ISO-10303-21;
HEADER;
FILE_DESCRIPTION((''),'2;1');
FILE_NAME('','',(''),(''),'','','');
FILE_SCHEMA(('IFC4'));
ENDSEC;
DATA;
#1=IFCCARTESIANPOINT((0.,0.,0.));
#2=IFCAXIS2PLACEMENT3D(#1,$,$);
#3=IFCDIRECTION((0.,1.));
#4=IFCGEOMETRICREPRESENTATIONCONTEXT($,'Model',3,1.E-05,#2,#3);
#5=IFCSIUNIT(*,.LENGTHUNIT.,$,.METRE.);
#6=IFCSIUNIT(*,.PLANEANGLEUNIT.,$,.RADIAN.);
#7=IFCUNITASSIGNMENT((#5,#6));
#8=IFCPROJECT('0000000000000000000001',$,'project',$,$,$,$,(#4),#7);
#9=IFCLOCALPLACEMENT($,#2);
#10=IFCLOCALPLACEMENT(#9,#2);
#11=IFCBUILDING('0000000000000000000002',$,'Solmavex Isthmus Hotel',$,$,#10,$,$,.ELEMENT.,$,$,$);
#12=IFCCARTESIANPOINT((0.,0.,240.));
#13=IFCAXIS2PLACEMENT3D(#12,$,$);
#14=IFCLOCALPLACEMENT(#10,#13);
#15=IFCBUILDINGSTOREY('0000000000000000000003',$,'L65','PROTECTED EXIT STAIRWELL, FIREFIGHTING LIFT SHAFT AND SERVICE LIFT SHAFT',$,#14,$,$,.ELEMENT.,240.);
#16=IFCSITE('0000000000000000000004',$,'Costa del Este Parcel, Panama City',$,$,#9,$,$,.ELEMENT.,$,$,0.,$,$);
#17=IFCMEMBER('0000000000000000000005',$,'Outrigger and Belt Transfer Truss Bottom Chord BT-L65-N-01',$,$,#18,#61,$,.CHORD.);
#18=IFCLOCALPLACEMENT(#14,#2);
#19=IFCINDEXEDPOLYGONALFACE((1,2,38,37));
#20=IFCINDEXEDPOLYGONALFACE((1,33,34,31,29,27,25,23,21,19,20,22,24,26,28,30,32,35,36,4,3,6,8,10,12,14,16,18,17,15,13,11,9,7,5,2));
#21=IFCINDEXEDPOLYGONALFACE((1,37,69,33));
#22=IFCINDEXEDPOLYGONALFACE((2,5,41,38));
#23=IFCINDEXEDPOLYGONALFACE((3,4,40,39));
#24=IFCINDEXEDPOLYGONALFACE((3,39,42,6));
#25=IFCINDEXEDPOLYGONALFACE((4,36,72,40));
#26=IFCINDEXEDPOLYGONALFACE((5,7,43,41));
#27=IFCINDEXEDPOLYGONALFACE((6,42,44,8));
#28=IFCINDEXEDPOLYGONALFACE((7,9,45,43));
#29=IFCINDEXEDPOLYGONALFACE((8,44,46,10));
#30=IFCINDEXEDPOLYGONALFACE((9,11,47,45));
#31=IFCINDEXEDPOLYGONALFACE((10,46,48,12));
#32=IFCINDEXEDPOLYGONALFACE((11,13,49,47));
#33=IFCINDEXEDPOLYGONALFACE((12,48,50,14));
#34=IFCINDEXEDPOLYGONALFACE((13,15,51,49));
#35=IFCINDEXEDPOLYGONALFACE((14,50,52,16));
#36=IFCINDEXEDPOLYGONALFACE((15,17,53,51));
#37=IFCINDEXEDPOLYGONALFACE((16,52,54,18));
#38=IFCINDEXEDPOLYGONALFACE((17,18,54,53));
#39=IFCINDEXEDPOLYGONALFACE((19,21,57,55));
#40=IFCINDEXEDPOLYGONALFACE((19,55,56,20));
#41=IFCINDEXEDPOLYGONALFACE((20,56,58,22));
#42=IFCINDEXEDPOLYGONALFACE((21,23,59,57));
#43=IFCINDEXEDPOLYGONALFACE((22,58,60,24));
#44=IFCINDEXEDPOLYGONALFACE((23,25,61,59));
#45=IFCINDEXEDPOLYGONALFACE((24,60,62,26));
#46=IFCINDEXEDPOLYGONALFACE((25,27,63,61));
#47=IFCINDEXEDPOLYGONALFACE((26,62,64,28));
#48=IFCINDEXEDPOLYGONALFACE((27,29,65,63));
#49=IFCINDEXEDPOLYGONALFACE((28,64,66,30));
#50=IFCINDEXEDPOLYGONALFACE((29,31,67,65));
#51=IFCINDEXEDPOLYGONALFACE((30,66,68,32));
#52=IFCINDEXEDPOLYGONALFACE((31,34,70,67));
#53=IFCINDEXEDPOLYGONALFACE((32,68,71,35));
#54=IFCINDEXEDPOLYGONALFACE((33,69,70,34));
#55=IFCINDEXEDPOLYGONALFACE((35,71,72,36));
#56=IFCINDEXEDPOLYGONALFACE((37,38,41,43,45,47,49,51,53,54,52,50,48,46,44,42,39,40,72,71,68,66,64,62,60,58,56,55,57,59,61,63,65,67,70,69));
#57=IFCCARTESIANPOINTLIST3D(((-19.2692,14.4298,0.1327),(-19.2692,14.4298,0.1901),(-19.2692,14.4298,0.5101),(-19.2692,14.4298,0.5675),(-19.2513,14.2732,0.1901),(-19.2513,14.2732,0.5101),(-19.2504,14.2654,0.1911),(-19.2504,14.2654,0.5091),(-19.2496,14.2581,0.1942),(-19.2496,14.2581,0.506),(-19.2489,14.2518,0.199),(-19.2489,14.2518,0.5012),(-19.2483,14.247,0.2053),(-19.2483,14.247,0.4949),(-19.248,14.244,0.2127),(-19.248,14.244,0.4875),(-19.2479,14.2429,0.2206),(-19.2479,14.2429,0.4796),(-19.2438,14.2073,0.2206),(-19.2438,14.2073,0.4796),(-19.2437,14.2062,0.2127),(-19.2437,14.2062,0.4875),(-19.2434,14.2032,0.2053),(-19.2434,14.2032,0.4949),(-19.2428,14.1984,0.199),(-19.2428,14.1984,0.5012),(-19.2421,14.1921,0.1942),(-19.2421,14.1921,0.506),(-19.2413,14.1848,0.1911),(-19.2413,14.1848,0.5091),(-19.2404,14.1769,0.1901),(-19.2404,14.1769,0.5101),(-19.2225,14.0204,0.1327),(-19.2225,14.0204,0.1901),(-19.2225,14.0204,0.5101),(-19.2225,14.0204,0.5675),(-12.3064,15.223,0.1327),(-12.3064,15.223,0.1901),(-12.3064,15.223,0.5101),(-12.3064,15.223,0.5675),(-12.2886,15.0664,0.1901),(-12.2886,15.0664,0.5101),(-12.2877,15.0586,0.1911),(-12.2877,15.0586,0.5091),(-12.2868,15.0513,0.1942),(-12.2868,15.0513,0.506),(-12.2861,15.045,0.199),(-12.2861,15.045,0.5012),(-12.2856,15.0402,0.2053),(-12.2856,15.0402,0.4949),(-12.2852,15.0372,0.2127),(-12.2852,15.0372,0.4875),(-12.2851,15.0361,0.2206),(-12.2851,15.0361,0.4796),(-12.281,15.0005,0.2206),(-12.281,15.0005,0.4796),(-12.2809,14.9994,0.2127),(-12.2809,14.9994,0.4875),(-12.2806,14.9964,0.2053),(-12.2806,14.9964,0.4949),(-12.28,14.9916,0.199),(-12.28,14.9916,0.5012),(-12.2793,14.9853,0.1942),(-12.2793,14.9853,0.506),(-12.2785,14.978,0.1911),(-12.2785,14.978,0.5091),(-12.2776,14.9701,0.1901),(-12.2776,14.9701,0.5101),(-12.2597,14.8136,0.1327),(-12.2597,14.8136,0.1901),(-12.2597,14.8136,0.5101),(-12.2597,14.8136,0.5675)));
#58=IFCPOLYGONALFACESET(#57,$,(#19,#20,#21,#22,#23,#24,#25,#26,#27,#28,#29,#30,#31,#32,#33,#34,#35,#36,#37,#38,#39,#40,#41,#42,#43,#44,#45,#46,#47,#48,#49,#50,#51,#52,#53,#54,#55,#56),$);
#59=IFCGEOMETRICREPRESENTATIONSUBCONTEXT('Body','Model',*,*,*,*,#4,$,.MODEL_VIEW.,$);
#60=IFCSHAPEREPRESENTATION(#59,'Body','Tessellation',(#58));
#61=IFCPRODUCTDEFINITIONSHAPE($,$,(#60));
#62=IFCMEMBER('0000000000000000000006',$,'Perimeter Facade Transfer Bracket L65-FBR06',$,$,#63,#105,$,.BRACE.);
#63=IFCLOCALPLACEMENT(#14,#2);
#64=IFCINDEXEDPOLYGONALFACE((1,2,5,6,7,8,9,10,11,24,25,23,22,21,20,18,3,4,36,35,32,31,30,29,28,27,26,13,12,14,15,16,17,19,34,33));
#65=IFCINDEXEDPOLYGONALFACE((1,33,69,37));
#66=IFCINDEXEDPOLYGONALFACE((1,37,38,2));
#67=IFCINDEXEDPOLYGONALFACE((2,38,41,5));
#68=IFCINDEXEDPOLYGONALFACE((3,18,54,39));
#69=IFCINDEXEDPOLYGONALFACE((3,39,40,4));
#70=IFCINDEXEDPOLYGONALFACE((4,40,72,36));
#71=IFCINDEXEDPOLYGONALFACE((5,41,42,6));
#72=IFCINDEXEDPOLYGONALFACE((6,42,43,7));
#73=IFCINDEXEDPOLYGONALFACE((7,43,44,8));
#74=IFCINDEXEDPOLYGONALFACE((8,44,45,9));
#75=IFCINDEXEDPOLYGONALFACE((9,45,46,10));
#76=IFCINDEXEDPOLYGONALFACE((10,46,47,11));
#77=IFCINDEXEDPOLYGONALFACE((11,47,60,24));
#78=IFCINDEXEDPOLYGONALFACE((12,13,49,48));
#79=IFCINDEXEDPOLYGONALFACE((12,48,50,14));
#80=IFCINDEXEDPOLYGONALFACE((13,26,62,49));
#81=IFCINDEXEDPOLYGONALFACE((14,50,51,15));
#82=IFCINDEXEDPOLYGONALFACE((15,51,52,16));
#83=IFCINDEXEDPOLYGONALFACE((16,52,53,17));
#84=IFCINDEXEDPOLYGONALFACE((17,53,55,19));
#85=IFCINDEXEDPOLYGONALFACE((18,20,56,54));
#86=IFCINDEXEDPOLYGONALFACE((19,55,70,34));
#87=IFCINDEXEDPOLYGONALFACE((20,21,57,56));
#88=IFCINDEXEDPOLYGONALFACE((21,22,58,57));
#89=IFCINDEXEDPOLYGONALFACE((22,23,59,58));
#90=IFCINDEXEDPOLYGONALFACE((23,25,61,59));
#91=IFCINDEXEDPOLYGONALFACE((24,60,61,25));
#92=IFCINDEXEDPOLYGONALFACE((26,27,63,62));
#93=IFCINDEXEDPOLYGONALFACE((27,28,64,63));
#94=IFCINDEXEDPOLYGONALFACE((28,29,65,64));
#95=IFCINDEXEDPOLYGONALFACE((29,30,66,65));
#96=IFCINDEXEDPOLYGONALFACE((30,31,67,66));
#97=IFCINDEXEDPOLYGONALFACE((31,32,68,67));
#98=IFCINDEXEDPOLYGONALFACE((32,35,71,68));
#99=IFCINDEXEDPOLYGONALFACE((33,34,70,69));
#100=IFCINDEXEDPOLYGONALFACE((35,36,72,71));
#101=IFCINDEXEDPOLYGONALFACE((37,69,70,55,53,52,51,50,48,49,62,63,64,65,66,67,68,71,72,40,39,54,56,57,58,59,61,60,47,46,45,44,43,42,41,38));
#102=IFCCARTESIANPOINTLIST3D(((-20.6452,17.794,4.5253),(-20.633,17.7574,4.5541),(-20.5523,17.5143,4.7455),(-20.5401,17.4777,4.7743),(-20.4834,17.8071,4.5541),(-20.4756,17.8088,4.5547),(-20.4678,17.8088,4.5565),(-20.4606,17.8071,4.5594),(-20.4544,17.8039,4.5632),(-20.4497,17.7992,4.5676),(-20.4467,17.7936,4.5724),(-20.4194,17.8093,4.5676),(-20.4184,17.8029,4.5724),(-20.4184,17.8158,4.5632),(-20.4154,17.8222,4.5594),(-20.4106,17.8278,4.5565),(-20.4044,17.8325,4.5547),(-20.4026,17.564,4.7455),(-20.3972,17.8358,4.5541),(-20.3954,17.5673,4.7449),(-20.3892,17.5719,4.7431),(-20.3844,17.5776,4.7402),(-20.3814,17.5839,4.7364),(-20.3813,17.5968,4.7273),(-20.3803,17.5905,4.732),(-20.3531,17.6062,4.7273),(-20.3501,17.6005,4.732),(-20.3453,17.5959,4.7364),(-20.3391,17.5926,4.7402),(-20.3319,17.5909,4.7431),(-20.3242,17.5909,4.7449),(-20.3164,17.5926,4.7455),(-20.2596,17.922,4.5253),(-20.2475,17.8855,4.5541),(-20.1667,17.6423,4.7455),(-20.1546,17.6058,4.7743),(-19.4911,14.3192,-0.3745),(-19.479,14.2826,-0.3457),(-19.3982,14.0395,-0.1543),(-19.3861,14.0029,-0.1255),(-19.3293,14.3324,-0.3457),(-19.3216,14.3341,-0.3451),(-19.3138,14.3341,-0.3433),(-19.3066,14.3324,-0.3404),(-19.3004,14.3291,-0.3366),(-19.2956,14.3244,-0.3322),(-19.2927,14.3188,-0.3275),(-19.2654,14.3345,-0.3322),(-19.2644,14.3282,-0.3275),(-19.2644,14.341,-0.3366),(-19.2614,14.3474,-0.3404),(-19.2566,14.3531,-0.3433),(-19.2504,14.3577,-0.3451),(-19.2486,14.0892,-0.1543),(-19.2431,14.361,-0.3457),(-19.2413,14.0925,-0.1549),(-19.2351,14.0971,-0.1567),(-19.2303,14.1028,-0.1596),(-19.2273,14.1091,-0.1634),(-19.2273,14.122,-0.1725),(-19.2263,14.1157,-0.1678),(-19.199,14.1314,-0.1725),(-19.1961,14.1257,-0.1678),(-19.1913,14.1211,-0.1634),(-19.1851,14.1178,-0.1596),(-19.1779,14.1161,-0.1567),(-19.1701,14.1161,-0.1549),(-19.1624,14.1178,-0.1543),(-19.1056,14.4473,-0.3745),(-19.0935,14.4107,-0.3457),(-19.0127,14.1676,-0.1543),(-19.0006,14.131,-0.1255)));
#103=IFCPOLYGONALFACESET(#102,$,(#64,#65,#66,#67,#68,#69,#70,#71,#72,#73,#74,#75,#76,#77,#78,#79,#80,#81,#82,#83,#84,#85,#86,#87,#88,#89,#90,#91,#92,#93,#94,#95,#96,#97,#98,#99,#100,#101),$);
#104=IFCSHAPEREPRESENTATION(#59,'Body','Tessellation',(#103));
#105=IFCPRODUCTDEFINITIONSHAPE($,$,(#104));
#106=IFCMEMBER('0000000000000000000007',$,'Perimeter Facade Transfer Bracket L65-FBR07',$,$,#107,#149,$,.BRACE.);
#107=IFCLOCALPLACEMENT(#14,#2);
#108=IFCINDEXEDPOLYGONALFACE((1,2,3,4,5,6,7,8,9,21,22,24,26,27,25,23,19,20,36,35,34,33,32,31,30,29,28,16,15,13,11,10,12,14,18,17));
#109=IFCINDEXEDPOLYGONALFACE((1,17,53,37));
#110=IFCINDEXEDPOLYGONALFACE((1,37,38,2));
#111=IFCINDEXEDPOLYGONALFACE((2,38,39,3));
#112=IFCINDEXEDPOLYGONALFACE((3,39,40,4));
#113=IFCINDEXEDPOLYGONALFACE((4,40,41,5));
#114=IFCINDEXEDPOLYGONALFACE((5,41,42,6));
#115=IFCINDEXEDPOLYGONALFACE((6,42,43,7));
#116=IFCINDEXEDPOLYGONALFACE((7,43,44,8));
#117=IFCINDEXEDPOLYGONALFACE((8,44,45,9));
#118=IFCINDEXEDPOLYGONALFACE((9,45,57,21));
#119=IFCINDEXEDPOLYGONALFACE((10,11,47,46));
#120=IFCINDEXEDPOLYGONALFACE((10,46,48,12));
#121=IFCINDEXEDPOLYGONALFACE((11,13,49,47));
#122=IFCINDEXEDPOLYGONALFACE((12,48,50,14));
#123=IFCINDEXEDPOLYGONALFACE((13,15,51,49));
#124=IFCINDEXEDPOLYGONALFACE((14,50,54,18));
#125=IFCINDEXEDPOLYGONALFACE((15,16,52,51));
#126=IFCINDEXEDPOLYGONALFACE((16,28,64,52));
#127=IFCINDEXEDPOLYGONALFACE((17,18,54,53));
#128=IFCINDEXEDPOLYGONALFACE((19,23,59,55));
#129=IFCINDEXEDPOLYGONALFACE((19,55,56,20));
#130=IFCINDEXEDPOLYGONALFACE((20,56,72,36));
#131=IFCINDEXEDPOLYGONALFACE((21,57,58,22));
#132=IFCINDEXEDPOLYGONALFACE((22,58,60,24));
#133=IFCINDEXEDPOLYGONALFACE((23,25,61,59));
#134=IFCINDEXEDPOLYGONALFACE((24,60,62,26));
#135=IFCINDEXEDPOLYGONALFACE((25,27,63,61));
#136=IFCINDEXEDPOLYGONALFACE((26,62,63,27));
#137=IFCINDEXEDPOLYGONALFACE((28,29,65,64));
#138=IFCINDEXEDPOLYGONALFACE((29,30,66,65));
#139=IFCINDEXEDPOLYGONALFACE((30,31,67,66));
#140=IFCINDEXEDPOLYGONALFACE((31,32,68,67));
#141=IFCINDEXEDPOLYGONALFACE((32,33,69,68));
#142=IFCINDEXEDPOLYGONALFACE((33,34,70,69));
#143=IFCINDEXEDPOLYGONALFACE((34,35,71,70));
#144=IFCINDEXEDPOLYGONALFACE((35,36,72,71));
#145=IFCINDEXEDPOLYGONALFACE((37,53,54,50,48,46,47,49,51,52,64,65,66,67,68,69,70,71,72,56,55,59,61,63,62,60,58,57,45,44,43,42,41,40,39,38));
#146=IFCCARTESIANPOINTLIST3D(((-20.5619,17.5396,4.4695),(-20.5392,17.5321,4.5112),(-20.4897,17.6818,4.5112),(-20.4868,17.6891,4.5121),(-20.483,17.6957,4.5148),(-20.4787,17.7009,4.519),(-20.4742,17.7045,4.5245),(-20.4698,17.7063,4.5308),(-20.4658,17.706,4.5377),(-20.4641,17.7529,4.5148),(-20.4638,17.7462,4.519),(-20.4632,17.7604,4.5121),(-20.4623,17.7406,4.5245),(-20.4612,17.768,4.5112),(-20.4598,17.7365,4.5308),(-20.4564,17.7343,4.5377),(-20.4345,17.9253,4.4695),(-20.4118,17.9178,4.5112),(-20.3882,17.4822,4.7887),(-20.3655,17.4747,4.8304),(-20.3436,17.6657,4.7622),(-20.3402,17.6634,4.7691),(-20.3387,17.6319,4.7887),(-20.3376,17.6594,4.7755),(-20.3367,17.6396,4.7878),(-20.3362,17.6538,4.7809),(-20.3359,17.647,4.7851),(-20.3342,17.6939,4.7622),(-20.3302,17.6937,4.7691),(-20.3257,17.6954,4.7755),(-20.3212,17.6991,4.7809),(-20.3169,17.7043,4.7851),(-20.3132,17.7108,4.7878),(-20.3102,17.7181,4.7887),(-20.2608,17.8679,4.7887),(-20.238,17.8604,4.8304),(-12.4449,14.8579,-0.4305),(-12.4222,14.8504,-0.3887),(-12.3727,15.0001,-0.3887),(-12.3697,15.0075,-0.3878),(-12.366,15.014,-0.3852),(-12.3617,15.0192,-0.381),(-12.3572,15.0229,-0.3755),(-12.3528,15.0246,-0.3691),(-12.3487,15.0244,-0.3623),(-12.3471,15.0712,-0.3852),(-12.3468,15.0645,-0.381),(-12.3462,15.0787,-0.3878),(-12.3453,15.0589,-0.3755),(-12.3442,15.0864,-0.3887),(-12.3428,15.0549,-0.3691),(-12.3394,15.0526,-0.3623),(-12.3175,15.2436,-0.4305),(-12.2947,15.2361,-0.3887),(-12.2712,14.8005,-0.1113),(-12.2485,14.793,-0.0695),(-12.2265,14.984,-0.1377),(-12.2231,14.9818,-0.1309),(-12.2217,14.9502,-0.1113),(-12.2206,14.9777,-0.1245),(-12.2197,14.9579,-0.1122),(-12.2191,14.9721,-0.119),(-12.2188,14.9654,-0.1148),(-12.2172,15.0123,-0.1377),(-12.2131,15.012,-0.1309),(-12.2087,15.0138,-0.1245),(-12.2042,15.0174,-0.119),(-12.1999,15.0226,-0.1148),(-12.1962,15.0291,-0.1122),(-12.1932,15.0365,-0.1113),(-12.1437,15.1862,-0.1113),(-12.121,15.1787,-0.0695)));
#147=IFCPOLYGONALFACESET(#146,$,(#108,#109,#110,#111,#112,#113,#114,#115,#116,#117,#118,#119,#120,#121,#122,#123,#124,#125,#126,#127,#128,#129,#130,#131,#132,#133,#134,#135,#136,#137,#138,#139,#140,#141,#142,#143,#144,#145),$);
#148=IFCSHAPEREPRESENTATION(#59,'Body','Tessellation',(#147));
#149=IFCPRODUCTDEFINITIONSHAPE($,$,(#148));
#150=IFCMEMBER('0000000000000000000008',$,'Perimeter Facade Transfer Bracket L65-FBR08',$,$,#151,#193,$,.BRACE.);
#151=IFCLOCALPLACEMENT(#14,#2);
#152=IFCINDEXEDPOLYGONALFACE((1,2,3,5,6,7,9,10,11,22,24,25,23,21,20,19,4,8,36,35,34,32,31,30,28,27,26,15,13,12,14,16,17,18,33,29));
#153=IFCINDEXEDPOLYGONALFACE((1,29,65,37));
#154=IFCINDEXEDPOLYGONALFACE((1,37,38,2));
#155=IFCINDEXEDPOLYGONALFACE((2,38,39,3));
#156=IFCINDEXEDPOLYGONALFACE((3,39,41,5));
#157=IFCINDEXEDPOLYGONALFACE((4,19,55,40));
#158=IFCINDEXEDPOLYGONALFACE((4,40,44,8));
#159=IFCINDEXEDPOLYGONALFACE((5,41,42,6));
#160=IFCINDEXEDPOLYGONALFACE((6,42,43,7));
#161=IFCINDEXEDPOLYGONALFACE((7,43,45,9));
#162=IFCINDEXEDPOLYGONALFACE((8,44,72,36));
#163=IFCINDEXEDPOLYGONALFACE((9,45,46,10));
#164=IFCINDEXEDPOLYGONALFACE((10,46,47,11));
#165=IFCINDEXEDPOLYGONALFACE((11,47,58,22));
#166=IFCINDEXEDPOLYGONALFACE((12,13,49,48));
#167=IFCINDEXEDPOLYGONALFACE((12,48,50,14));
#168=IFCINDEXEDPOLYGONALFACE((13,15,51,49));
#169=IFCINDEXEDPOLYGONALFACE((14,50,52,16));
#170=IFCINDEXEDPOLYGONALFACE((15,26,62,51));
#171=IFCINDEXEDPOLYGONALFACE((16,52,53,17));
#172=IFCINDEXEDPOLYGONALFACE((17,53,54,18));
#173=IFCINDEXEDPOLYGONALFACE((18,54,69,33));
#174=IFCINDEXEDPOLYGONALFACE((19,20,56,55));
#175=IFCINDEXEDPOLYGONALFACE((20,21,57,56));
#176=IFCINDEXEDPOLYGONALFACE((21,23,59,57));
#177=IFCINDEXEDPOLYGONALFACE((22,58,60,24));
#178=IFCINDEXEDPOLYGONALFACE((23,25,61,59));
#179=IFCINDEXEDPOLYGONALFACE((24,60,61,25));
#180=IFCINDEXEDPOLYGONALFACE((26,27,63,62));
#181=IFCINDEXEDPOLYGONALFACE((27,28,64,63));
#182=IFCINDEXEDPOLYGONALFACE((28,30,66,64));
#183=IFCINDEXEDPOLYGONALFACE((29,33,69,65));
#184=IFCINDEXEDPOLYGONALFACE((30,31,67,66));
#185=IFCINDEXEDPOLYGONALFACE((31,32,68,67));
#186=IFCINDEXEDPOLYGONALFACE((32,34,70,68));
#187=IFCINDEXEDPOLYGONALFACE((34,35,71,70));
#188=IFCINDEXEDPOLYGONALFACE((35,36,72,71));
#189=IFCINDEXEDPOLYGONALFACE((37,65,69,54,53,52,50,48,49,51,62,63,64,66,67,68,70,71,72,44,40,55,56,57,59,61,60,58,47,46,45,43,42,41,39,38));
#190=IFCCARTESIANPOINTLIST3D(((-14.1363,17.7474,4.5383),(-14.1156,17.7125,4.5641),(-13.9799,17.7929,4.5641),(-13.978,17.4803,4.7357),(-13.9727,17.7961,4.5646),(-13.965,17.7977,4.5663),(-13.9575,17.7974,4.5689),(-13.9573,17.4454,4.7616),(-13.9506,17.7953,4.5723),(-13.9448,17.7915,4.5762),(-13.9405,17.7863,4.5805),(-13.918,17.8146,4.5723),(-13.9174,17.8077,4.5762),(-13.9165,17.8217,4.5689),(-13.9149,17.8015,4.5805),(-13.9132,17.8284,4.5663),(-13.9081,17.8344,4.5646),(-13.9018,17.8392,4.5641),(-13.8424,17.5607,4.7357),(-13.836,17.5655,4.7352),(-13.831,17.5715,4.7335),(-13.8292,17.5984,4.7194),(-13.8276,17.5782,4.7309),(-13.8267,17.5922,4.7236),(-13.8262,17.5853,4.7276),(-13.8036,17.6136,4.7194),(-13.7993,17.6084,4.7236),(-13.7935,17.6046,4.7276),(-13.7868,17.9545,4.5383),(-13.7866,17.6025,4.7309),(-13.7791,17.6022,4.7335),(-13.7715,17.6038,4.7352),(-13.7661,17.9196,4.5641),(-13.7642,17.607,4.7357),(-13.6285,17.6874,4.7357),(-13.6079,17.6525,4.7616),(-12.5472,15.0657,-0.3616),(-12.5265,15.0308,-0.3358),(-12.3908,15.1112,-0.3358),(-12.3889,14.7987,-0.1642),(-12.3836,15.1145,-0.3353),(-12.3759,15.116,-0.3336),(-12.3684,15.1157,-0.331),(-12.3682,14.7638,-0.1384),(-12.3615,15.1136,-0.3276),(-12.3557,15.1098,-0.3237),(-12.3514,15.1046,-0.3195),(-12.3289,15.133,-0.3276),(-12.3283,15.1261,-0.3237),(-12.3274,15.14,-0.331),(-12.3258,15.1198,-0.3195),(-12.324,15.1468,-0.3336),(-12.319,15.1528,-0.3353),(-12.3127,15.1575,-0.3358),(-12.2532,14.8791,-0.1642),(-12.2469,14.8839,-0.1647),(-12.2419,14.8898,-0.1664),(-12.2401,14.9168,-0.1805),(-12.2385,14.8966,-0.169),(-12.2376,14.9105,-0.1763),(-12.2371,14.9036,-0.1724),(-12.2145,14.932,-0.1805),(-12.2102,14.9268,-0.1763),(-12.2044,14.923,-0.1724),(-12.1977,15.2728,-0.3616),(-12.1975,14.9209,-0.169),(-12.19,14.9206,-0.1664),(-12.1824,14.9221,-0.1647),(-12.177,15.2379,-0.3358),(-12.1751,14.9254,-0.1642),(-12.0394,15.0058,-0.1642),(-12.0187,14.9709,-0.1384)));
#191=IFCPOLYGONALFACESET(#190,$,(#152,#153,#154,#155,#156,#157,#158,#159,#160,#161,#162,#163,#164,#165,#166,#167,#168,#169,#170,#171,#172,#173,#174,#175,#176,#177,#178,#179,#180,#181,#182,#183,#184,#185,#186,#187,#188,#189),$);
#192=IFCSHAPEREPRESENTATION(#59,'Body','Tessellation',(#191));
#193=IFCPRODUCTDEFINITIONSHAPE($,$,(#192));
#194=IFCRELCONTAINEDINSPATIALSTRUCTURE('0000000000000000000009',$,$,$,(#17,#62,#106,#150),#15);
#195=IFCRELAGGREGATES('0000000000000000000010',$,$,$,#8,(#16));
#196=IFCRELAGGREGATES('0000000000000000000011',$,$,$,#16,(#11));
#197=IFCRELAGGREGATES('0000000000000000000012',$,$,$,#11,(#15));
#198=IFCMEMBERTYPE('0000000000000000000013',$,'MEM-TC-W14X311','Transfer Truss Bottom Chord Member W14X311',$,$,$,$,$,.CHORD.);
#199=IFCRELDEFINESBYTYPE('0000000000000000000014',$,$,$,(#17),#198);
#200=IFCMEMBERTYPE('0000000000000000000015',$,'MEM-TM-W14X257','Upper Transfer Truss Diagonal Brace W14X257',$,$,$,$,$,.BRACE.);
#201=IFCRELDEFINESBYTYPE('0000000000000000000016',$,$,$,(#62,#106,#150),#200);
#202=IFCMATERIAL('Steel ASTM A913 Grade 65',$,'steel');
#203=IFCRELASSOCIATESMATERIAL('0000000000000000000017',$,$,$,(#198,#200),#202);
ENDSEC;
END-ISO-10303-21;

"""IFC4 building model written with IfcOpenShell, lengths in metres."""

from ifc_helpers import new_model, si_unit, direction, frame, origin, origin_2d, place, context, subcontext, project, spatial, i_section, extrude, material, material_profile, profile_set, type_object, element, save


model = new_model("IFC4")

# Units and contexts
model_context = context("Model", 3, precision=1e-05, world=origin(), true_north=direction((0.0, 1.0)))
body_context = subcontext(model_context, "Body", "Model", "MODEL_VIEW")
ifc_project = project(units=[si_unit("LENGTHUNIT", "METRE"), si_unit("PLANEANGLEUNIT", "RADIAN")], contexts=[model_context])

# Site, building, storey
site_placement = place(None, origin())
site = spatial("IfcSite", under=ifc_project, at=site_placement, Name="Costa del Este Parcel, Panama City", CompositionType="ELEMENT", RefElevation=0.0)
building_placement = place(site_placement, origin())
building = spatial("IfcBuilding", under=site, at=building_placement, Name="Solmavex Isthmus Hotel", CompositionType="ELEMENT")
storey_placement = place(building_placement, frame((0.0, 0.0, 240.0)))
storey = spatial("IfcBuildingStorey", under=building, at=storey_placement, Name="L65", Description="PROTECTED EXIT STAIRWELL, FIREFIGHTING LIFT SHAFT AND SERVICE LIFT SHAFT", CompositionType="ELEMENT", Elevation=240.0)

# Shared definitions
ifc_material_1 = material(Name="Steel ASTM A913 Grade 65", Category="steel")

# Members
ifc_material_profile_1 = material_profile(ifc_material_1, i_section(OverallWidth=0.4121, OverallDepth=0.4348, WebThickness=0.0359, FlangeThickness=0.0574, FilletRadius=0.0305, at=origin_2d()), Name="W14X311")
ifc_profile_set_1 = profile_set([ifc_material_profile_1], Name="Steel ASTM A913 Grade 65")
member_type_1 = type_object("IfcMemberType", Name="MEM-TC-W14X311", Description="Transfer Truss Bottom Chord Member W14X311", PredefinedType="CHORD", material=ifc_profile_set_1)
member_1_placement = place(storey_placement, frame((-19.2458, 14.2251, 0.3501), z_axis=(0.993574, 0.113188, 0.0), x_axis=(-0.113188, 0.993574, 0.0)))
element("IfcMember", 1, at=member_1_placement, inside=storey, type_object=member_type_1, Name="Outrigger and Belt Transfer Truss Bottom Chord BT-L65-N-01", PredefinedType="CHORD", context=body_context, shape_type="SweptSolid", body=[
    extrude(i_section(OverallWidth=0.4121, OverallDepth=0.4348, WebThickness=0.0359, FlangeThickness=0.0574, FilletRadius=0.0305, at=origin_2d()), origin(), (0.0, 0.0, 1.0), 7.0078),
])
ifc_material_profile_2 = material_profile(ifc_material_1, i_section(OverallWidth=0.4062, OverallDepth=0.416, WebThickness=0.0298, FlangeThickness=0.0481, FilletRadius=0.0305, at=origin_2d()), Name="W14X257")
ifc_profile_set_2 = profile_set([ifc_material_profile_2], Name="Steel ASTM A913 Grade 65")
member_type_2 = type_object("IfcMemberType", Name="MEM-TM-W14X257", Description="Upper Transfer Truss Diagonal Brace W14X257", PredefinedType="BRACE", material=ifc_profile_set_2)
member_2_placement = place(storey_placement, frame((-19.2458, 14.2251, -0.25), z_axis=(-0.188669, 0.568082, 0.801054), x_axis=(-0.949029, -0.315187, 0.0)))
element("IfcMember", 2, at=member_2_placement, inside=storey, type_object=member_type_2, Name="Perimeter Facade Transfer Bracket L65-FBR06", PredefinedType="BRACE", context=body_context, shape_type="SweptSolid", body=[
    extrude(i_section(OverallWidth=0.4062, OverallDepth=0.416, WebThickness=0.0298, FlangeThickness=0.0481, FilletRadius=0.0305, at=origin_2d()), origin(), (0.0, 0.0, 1.0), 6.1167),
])
member_3_placement = place(storey_placement, frame((-12.283, 15.0183, -0.25), z_axis=(-0.82379, 0.27216, 0.497292), x_axis=(-0.313699, -0.949522, 0.0)))
element("IfcMember", 3, at=member_3_placement, inside=storey, type_object=member_type_2, Name="Perimeter Facade Transfer Bracket L65-FBR07", PredefinedType="BRACE", context=body_context, shape_type="SweptSolid", body=[
    extrude(i_section(OverallWidth=0.4062, OverallDepth=0.416, WebThickness=0.0298, FlangeThickness=0.0481, FilletRadius=0.0305, at=origin_2d()), origin(), (0.0, 0.0, 1.0), 9.8533),
])
member_4_placement = place(storey_placement, frame((-12.283, 15.0183, -0.25), z_axis=(-0.273637, 0.461765, 0.843739), x_axis=(-0.860293, -0.5098, 0.0)))
element("IfcMember", 4, at=member_4_placement, inside=storey, type_object=member_type_2, Name="Perimeter Facade Transfer Bracket L65-FBR08", PredefinedType="BRACE", context=body_context, shape_type="SweptSolid", body=[
    extrude(i_section(OverallWidth=0.4062, OverallDepth=0.416, WebThickness=0.0298, FlangeThickness=0.0481, FilletRadius=0.0305, at=origin_2d()), origin(), (0.0, 0.0, 1.0), 5.8074),
])

save(model, "model.ifc")
